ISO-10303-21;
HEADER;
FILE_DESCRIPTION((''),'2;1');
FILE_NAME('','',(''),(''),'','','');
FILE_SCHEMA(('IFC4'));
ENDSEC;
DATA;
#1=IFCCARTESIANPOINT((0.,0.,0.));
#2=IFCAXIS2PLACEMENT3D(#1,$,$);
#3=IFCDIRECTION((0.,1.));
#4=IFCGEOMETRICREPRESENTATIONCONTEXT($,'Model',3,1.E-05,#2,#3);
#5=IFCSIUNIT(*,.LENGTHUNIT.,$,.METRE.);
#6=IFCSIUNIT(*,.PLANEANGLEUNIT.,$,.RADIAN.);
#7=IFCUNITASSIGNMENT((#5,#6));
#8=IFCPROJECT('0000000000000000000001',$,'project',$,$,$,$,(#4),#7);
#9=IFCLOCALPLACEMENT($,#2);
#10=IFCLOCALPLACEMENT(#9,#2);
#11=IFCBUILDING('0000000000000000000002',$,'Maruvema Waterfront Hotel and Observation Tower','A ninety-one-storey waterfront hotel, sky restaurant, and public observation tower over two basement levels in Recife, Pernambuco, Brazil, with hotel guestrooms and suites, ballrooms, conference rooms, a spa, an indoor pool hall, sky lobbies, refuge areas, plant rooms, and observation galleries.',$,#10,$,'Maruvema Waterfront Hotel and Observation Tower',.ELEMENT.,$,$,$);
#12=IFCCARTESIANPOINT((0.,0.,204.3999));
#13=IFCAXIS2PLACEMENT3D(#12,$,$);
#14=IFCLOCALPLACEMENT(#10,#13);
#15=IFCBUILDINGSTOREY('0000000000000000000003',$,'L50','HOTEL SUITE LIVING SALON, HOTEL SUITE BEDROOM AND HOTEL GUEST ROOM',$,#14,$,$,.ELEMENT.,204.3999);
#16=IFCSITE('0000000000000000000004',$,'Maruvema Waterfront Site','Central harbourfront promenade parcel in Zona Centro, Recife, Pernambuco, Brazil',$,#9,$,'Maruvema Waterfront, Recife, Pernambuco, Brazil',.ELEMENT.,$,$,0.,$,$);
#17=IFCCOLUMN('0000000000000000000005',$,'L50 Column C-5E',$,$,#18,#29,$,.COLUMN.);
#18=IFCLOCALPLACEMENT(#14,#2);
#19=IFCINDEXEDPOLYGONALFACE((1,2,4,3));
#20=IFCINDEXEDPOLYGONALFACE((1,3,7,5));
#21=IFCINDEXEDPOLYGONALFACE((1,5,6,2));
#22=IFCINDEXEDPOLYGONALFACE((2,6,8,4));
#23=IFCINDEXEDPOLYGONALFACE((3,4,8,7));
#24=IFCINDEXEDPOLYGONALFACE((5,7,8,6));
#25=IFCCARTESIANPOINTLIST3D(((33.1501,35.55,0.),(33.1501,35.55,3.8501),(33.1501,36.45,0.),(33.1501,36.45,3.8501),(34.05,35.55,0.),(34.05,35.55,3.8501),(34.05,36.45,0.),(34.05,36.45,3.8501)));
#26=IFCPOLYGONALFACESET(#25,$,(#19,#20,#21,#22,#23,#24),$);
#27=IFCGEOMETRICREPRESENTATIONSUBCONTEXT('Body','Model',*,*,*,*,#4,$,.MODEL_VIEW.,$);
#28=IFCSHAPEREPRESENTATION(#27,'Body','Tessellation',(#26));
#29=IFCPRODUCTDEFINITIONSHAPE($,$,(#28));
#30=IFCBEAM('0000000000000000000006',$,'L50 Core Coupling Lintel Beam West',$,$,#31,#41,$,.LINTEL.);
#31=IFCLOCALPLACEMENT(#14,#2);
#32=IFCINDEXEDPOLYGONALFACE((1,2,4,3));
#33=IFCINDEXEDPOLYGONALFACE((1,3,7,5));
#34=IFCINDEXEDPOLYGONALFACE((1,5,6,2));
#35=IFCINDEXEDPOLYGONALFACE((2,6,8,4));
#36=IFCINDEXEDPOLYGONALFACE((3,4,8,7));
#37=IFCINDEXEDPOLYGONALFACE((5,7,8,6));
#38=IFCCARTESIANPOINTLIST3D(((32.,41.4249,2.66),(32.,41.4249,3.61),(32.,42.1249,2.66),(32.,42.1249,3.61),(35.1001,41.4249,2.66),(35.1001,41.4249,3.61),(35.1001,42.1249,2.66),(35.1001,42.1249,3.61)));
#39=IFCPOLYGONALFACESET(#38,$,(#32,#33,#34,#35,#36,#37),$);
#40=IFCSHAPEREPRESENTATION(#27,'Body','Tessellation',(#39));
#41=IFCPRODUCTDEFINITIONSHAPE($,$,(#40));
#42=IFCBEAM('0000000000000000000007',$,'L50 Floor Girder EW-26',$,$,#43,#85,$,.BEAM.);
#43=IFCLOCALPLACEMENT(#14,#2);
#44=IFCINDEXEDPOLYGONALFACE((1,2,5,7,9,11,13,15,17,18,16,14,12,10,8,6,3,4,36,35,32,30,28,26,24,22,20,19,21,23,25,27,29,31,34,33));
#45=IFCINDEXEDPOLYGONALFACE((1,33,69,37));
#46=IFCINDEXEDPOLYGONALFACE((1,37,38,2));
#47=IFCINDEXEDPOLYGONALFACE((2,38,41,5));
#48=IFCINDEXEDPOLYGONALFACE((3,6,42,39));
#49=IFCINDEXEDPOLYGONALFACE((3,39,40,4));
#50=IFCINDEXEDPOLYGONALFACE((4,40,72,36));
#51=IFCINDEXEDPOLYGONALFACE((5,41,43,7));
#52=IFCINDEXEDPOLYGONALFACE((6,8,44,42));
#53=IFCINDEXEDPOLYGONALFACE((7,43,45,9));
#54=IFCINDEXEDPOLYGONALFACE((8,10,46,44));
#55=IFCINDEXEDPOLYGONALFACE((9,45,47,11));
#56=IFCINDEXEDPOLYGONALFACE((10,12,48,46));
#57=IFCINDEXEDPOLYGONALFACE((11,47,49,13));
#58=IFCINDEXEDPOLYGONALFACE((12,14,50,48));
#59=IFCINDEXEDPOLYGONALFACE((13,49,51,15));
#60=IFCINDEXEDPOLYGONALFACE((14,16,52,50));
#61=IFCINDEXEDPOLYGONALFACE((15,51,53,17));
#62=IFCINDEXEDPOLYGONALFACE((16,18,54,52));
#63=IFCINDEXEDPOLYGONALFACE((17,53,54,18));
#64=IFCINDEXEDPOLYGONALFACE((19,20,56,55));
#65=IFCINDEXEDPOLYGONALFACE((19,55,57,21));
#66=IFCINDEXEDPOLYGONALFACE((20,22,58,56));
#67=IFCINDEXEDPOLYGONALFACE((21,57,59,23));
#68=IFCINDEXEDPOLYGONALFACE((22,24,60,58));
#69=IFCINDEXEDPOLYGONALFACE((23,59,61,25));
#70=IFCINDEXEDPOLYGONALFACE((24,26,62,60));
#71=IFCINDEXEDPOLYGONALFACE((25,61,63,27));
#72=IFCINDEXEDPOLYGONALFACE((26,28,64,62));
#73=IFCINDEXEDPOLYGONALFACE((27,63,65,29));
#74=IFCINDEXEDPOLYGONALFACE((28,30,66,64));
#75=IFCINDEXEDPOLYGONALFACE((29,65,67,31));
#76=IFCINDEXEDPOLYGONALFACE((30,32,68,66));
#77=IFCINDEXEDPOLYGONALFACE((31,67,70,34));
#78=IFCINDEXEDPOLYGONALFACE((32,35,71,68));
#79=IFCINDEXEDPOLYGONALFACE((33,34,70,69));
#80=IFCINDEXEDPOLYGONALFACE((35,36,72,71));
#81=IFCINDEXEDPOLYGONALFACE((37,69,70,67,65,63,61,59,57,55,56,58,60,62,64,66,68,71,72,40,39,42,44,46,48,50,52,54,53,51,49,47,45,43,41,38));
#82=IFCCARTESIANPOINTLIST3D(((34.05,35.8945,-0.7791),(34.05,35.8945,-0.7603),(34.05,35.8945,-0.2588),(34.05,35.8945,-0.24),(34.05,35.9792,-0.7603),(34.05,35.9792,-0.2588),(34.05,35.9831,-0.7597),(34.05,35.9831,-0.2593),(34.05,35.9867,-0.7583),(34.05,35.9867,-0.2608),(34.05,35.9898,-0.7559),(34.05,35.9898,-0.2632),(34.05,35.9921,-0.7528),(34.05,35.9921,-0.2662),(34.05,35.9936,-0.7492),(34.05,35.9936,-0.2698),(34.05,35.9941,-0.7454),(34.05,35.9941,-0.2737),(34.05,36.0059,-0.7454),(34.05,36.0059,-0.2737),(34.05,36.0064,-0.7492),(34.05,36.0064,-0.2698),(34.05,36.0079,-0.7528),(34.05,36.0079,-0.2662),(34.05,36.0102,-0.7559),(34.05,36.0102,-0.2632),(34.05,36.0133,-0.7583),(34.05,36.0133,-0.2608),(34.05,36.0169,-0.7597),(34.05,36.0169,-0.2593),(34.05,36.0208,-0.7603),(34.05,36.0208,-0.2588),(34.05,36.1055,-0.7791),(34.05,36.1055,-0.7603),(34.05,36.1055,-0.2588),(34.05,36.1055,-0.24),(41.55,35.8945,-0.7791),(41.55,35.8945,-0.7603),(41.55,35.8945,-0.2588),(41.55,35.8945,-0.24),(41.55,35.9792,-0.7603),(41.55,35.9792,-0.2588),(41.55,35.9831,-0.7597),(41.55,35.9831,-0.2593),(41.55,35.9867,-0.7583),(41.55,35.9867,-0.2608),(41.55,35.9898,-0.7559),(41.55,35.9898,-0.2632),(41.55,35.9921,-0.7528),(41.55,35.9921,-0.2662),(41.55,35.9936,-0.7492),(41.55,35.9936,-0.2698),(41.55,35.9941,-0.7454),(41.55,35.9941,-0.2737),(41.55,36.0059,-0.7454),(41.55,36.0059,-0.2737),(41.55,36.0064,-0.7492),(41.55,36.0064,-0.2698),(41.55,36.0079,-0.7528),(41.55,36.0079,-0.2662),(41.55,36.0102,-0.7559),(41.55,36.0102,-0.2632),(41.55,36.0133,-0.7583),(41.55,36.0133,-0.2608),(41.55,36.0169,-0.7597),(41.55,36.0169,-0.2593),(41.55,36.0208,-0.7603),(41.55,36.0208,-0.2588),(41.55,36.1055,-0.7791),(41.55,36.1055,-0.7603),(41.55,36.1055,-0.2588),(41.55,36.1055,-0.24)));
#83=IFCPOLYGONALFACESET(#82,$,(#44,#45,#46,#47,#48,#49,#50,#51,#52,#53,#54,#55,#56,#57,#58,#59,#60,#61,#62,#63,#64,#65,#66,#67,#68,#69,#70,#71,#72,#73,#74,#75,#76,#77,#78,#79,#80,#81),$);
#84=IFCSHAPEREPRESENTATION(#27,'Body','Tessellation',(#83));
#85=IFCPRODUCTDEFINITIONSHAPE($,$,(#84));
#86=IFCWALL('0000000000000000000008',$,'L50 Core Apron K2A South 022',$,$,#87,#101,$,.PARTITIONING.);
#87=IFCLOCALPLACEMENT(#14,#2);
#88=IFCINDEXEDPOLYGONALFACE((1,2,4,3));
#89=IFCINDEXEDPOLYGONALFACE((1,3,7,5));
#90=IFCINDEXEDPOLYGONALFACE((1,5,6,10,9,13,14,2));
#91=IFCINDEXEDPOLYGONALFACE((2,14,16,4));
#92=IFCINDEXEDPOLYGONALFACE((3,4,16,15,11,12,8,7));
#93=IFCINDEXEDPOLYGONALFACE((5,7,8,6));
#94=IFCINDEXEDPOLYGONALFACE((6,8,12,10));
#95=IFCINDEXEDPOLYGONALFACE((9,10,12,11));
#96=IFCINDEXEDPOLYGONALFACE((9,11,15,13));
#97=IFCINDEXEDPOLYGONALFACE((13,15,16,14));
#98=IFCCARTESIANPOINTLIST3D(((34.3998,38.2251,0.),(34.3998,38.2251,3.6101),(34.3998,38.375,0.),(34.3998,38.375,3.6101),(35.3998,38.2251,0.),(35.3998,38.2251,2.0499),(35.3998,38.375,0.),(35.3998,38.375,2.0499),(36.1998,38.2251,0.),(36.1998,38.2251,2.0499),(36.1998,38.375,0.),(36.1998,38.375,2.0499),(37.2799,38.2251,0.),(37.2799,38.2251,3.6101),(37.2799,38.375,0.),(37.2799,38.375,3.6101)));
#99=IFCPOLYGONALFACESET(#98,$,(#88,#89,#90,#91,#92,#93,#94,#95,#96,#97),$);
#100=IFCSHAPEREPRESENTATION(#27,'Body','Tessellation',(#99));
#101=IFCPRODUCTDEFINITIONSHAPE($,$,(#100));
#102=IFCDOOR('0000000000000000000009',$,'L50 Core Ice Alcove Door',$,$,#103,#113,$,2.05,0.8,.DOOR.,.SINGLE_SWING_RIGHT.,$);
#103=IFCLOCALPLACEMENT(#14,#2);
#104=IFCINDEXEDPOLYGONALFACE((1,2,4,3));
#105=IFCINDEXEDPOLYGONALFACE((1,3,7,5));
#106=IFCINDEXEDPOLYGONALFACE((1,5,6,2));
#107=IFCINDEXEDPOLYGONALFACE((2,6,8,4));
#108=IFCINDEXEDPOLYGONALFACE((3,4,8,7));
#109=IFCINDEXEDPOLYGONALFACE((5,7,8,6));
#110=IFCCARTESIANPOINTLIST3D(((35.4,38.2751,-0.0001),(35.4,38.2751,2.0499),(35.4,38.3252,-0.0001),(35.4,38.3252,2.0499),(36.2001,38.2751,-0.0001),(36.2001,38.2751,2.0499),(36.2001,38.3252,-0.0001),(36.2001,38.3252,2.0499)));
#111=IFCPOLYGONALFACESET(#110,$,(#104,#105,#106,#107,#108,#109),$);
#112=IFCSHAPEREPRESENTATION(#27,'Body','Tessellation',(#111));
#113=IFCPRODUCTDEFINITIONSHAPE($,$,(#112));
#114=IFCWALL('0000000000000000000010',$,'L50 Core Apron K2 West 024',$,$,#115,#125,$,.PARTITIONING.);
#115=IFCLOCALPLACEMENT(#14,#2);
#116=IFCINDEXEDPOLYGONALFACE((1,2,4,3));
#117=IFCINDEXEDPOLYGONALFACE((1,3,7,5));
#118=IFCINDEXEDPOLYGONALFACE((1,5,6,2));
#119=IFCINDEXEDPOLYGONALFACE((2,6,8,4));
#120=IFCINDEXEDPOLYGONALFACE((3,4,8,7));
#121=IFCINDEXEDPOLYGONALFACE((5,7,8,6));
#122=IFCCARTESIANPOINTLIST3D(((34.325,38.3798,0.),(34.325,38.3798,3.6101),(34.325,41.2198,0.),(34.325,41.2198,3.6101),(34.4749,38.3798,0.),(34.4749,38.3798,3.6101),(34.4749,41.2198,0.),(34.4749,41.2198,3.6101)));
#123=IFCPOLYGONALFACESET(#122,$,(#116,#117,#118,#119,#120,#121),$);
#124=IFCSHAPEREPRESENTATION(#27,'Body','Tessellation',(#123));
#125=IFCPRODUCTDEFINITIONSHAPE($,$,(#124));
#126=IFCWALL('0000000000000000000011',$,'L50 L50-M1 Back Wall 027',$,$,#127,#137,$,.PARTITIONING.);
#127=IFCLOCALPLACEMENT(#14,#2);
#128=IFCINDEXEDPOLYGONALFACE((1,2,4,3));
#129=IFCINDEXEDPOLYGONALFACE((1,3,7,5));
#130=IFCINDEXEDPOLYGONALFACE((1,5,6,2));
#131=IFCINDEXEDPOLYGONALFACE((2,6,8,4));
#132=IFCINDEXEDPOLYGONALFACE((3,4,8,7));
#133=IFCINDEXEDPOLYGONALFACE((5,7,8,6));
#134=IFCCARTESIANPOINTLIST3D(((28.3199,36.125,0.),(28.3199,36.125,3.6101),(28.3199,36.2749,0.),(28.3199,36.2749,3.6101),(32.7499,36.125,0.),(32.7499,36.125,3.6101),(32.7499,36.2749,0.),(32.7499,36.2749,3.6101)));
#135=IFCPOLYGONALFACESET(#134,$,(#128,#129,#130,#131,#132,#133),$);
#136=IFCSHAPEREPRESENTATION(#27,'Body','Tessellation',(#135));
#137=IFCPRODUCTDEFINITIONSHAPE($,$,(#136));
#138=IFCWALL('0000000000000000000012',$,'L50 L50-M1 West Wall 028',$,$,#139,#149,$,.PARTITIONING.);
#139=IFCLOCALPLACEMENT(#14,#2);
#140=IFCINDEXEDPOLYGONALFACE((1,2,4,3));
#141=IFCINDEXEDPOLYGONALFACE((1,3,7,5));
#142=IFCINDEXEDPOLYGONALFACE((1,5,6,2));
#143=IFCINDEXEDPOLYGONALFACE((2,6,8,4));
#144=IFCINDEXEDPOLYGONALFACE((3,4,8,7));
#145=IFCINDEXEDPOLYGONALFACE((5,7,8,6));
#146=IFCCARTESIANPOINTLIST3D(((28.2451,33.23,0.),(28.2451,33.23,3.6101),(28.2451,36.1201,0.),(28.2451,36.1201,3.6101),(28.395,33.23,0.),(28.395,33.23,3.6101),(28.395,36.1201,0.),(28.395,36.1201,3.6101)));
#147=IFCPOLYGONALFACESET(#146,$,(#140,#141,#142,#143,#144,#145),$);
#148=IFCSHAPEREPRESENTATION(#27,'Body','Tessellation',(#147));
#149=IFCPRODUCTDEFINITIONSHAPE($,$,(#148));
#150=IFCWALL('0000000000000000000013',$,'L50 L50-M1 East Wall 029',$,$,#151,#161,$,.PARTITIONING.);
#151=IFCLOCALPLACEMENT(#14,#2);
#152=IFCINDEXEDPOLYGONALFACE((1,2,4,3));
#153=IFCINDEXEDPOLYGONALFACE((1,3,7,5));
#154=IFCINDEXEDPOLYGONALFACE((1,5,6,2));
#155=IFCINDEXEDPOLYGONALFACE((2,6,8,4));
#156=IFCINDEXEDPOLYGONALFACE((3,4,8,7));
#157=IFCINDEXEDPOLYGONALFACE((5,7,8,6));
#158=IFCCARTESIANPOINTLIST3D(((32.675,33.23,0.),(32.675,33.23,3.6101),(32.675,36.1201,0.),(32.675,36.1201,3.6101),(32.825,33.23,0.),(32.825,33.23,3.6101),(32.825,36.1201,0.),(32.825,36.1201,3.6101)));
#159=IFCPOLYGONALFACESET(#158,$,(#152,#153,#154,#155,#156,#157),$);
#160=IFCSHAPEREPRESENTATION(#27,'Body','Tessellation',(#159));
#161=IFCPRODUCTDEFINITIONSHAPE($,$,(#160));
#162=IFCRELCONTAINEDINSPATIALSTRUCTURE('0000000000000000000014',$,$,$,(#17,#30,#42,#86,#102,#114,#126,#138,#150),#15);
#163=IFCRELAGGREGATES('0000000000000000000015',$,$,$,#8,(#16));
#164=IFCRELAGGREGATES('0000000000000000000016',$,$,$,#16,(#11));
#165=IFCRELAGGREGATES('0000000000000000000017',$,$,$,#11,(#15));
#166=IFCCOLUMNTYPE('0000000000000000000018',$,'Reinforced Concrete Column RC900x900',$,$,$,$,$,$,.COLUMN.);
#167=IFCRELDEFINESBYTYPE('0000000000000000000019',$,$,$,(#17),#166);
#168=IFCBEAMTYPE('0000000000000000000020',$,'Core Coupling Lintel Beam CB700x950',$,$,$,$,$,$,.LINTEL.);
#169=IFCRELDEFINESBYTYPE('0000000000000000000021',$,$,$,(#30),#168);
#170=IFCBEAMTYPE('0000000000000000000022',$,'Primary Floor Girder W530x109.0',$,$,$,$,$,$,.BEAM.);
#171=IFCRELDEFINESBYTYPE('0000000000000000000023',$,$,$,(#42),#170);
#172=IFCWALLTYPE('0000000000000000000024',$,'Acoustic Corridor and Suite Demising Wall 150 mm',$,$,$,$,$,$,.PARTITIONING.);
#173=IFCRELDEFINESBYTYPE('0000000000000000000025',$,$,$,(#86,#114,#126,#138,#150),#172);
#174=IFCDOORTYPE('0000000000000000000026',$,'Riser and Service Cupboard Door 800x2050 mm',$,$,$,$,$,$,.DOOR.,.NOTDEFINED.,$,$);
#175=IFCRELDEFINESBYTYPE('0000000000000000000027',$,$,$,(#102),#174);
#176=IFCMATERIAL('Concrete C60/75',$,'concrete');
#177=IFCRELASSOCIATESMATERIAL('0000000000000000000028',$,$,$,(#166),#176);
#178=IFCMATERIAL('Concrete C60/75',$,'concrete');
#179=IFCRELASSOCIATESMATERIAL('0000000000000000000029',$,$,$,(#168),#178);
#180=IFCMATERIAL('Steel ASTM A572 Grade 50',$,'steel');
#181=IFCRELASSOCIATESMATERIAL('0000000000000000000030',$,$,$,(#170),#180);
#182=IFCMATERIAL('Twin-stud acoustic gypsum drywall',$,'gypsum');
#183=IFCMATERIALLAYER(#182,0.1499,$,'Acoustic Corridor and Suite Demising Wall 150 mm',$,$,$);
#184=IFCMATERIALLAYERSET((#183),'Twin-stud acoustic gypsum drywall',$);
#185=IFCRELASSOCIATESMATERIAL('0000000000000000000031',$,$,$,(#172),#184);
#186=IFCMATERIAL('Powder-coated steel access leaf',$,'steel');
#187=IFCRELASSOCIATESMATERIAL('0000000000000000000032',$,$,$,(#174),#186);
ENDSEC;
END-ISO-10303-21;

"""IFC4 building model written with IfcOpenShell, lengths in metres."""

from ifc_helpers import new_model, si_unit, direction, frame, frame_2d, origin, origin_2d, place, context, subcontext, project, spatial, rectangle, i_section, extrude, material, layer, layer_set, material_profile, profile_set, type_object, element, fill, save


model = new_model("IFC4")

# Units and contexts
model_context = context("Model", 3, precision=1e-05, world=origin(), true_north=direction((0.0, 1.0)))
body_context = subcontext(model_context, "Body", "Model", "MODEL_VIEW")
ifc_project = project(units=[si_unit("LENGTHUNIT", "METRE"), si_unit("PLANEANGLEUNIT", "RADIAN")], contexts=[model_context])

# Site, building, storey
site_placement = place(None, origin())
site = spatial("IfcSite", under=ifc_project, at=site_placement, Name="Maruvema Waterfront Site", Description="Central harbourfront promenade parcel in Zona Centro, Recife, Pernambuco, Brazil", LongName="Maruvema Waterfront, Recife, Pernambuco, Brazil", CompositionType="ELEMENT", RefElevation=0.0)
building_placement = place(site_placement, origin())
building = spatial("IfcBuilding", under=site, at=building_placement, Name="Maruvema Waterfront Hotel and Observation Tower", Description="A ninety-one-storey waterfront hotel, sky restaurant, and public observation tower over two basement levels in Recife, Pernambuco, Brazil, with hotel guestrooms and suites, ballrooms, conference rooms, a spa, an indoor pool hall, sky lobbies, refuge areas, plant rooms, and observation galleries.", LongName="Maruvema Waterfront Hotel and Observation Tower", CompositionType="ELEMENT")
storey_placement = place(building_placement, frame((0.0, 0.0, 204.3999)))
storey = spatial("IfcBuildingStorey", under=building, at=storey_placement, Name="L50", Description="HOTEL SUITE LIVING SALON, HOTEL SUITE BEDROOM AND HOTEL GUEST ROOM", CompositionType="ELEMENT", Elevation=204.3999)

# Column
ifc_material_1 = material(Name="Concrete C60/75", Category="concrete")
ifc_material_profile_1 = material_profile(ifc_material_1, rectangle(XDim=0.8999, YDim=0.8999, at=origin_2d()), Name="RC900x900")
ifc_profile_set_1 = profile_set([ifc_material_profile_1], Name="Concrete C60/75")
column_type = type_object("IfcColumnType", Name="Reinforced Concrete Column RC900x900", PredefinedType="COLUMN", material=ifc_profile_set_1)
column_placement = place(storey_placement, frame((33.6001, 36.0, 0.0), z_axis=(0.0, 0.0, 1.0), x_axis=(1.0, 0.0, 0.0)))
element("IfcColumn", 1, at=column_placement, inside=storey, type_object=column_type, Name="L50 Column C-5E", PredefinedType="COLUMN", context=body_context, shape_type="SweptSolid", body=[
    extrude(rectangle(XDim=0.8999, YDim=0.8999, at=origin_2d()), origin(), (0.0, 0.0, 1.0), 3.8501),
])

# Beams
ifc_material_2 = material(Name="Concrete C60/75", Category="concrete")
ifc_material_profile_2 = material_profile(ifc_material_2, rectangle(XDim=0.7, YDim=0.95, at=origin_2d()), Name="CB700x950")
ifc_profile_set_2 = profile_set([ifc_material_profile_2], Name="Concrete C60/75")
beam_type_1 = type_object("IfcBeamType", Name="Core Coupling Lintel Beam CB700x950", PredefinedType="LINTEL", material=ifc_profile_set_2)
beam_1_placement = place(storey_placement, frame((32.0, 41.7749, 3.135), z_axis=(1.0, 0.0, 0.0), x_axis=(0.0, 1.0, 0.0)))
element("IfcBeam", 2, at=beam_1_placement, inside=storey, type_object=beam_type_1, Name="L50 Core Coupling Lintel Beam West", PredefinedType="LINTEL", context=body_context, shape_type="SweptSolid", body=[
    extrude(rectangle(XDim=0.7, YDim=0.95, at=origin_2d()), origin(), (0.0, 0.0, 1.0), 3.1001),
])
ifc_material_3 = material(Name="Steel ASTM A572 Grade 50", Category="steel")
ifc_material_profile_3 = material_profile(ifc_material_3, i_section(OverallWidth=0.2109, OverallDepth=0.5391, WebThickness=0.0117, FlangeThickness=0.0188, FilletRadius=0.0149, at=origin_2d()), Name="W530x109.0")
ifc_profile_set_3 = profile_set([ifc_material_profile_3], Name="Steel ASTM A572 Grade 50")
beam_type_2 = type_object("IfcBeamType", Name="Primary Floor Girder W530x109.0", PredefinedType="BEAM", material=ifc_profile_set_3)
beam_2_placement = place(storey_placement, frame((34.05, 36.0, -0.5095), z_axis=(1.0, 0.0, 0.0), x_axis=(0.0, 1.0, 0.0)))
element("IfcBeam", 3, at=beam_2_placement, inside=storey, type_object=beam_type_2, Name="L50 Floor Girder EW-26", PredefinedType="BEAM", context=body_context, shape_type="SweptSolid", body=[
    extrude(i_section(OverallWidth=0.2109, OverallDepth=0.5391, WebThickness=0.0117, FlangeThickness=0.0188, FilletRadius=0.0149, at=origin_2d()), origin(), (0.0, 0.0, 1.0), 7.5),
])

# Wall, opening, door
ifc_material_4 = material(Name="Twin-stud acoustic gypsum drywall", Category="gypsum")
ifc_layer_1 = layer(ifc_material_4, 0.1499, Name="Acoustic Corridor and Suite Demising Wall 150 mm")
ifc_layer_set_1 = layer_set([ifc_layer_1], Name="Twin-stud acoustic gypsum drywall")
wall_type_1 = type_object("IfcWallType", Name="Acoustic Corridor and Suite Demising Wall 150 mm", PredefinedType="PARTITIONING", material=ifc_layer_set_1)
wall_1_placement = place(storey_placement, frame((34.3999, 38.3, 0.0), z_axis=(0.0, 0.0, 1.0), x_axis=(1.0, 0.0, 0.0)))
wall_1 = element("IfcWall", 4, at=wall_1_placement, inside=storey, type_object=wall_type_1, Name="L50 Core Apron K2A South 022", PredefinedType="PARTITIONING", context=body_context, shape_type="SweptSolid", body=[
    extrude(rectangle(XDim=2.8801, YDim=0.1499, at=frame_2d((1.4399, 0.0))), origin(), (0.0, 0.0, 1.0), 3.6101),
])
opening_1_placement = place(wall_1_placement, frame((1.0, 0.0, 0.0)))
opening_1 = element("IfcOpeningElement", 5, at=opening_1_placement, cuts=wall_1, PredefinedType="OPENING", context=body_context, shape_type="SweptSolid", body=[
    extrude(rectangle(XDim=0.8, YDim=2.05, at=frame_2d((0.3999, 1.0249))), frame((0.0, 0.085, 0.0), z_axis=(0.0, -1.0, 0.0), x_axis=(1.0, 0.0, 0.0)), (0.0, 0.0, 1.0), 0.1699),
])
ifc_material_5 = material(Name="Powder-coated steel access leaf", Category="steel")
door_type_1 = type_object("IfcDoorType", Name="Riser and Service Cupboard Door 800x2050 mm", OperationType="NOTDEFINED", PredefinedType="DOOR", material=ifc_material_5)
door_1_placement = place(opening_1_placement, frame((0.8, 0.0, 0.0), z_axis=(0.0, 0.0, 1.0), x_axis=(-1.0, 0.0, 0.0)))
door_1 = element("IfcDoor", 6, at=door_1_placement, inside=storey, type_object=door_type_1, Name="L50 Core Ice Alcove Door", OperationType="SINGLE_SWING_RIGHT", OverallHeight=2.05, OverallWidth=0.8, PredefinedType="DOOR", context=body_context, shape_type="SweptSolid", body=[
    extrude(rectangle(XDim=0.8, YDim=2.05, at=frame_2d((0.3999, 1.0249))), frame((0.0, 0.0249, 0.0), z_axis=(0.0, -1.0, 0.0), x_axis=(1.0, 0.0, 0.0)), (0.0, 0.0, 1.0), 0.05),
])
fill(opening_1, door_1)

# Walls
wall_2_placement = place(storey_placement, frame((34.3999, 38.3799, 0.0), z_axis=(0.0, 0.0, 1.0), x_axis=(0.0, 1.0, 0.0)))
element("IfcWall", 7, at=wall_2_placement, inside=storey, type_object=wall_type_1, Name="L50 Core Apron K2 West 024", PredefinedType="PARTITIONING", context=body_context, shape_type="SweptSolid", body=[
    extrude(rectangle(XDim=2.8401, YDim=0.1499, at=frame_2d((1.4199, 0.0))), origin(), (0.0, 0.0, 1.0), 3.6101),
])
wall_3_placement = place(storey_placement, frame((28.3201, 36.2, 0.0), z_axis=(0.0, 0.0, 1.0), x_axis=(1.0, 0.0, 0.0)))
element("IfcWall", 8, at=wall_3_placement, inside=storey, type_object=wall_type_1, Name="L50 L50-M1 Back Wall 027", PredefinedType="PARTITIONING", context=body_context, shape_type="SweptSolid", body=[
    extrude(rectangle(XDim=4.4299, YDim=0.1499, at=frame_2d((2.2148, 0.0))), origin(), (0.0, 0.0, 1.0), 3.6101),
])
for number, where, z_axis, x_axis, name in (
    (9, (28.3201, 33.23, 0.0), (0.0, 0.0, 1.0), (0.0, 1.0, 0.0), "L50 L50-M1 West Wall 028"),
    (10, (32.75, 33.23, 0.0), (0.0, 0.0, 1.0), (0.0, 1.0, 0.0), "L50 L50-M1 East Wall 029"),
):
    element("IfcWall", number, at=place(storey_placement, frame(where, z_axis=z_axis, x_axis=x_axis)), inside=storey, type_object=wall_type_1, Name=name, PredefinedType="PARTITIONING", context=body_context, shape_type="SweptSolid", body=[
        extrude(rectangle(XDim=2.8901, YDim=0.1499, at=frame_2d((1.4451, 0.0))), origin(), (0.0, 0.0, 1.0), 3.6101),
    ])

save(model, "model.ifc")
